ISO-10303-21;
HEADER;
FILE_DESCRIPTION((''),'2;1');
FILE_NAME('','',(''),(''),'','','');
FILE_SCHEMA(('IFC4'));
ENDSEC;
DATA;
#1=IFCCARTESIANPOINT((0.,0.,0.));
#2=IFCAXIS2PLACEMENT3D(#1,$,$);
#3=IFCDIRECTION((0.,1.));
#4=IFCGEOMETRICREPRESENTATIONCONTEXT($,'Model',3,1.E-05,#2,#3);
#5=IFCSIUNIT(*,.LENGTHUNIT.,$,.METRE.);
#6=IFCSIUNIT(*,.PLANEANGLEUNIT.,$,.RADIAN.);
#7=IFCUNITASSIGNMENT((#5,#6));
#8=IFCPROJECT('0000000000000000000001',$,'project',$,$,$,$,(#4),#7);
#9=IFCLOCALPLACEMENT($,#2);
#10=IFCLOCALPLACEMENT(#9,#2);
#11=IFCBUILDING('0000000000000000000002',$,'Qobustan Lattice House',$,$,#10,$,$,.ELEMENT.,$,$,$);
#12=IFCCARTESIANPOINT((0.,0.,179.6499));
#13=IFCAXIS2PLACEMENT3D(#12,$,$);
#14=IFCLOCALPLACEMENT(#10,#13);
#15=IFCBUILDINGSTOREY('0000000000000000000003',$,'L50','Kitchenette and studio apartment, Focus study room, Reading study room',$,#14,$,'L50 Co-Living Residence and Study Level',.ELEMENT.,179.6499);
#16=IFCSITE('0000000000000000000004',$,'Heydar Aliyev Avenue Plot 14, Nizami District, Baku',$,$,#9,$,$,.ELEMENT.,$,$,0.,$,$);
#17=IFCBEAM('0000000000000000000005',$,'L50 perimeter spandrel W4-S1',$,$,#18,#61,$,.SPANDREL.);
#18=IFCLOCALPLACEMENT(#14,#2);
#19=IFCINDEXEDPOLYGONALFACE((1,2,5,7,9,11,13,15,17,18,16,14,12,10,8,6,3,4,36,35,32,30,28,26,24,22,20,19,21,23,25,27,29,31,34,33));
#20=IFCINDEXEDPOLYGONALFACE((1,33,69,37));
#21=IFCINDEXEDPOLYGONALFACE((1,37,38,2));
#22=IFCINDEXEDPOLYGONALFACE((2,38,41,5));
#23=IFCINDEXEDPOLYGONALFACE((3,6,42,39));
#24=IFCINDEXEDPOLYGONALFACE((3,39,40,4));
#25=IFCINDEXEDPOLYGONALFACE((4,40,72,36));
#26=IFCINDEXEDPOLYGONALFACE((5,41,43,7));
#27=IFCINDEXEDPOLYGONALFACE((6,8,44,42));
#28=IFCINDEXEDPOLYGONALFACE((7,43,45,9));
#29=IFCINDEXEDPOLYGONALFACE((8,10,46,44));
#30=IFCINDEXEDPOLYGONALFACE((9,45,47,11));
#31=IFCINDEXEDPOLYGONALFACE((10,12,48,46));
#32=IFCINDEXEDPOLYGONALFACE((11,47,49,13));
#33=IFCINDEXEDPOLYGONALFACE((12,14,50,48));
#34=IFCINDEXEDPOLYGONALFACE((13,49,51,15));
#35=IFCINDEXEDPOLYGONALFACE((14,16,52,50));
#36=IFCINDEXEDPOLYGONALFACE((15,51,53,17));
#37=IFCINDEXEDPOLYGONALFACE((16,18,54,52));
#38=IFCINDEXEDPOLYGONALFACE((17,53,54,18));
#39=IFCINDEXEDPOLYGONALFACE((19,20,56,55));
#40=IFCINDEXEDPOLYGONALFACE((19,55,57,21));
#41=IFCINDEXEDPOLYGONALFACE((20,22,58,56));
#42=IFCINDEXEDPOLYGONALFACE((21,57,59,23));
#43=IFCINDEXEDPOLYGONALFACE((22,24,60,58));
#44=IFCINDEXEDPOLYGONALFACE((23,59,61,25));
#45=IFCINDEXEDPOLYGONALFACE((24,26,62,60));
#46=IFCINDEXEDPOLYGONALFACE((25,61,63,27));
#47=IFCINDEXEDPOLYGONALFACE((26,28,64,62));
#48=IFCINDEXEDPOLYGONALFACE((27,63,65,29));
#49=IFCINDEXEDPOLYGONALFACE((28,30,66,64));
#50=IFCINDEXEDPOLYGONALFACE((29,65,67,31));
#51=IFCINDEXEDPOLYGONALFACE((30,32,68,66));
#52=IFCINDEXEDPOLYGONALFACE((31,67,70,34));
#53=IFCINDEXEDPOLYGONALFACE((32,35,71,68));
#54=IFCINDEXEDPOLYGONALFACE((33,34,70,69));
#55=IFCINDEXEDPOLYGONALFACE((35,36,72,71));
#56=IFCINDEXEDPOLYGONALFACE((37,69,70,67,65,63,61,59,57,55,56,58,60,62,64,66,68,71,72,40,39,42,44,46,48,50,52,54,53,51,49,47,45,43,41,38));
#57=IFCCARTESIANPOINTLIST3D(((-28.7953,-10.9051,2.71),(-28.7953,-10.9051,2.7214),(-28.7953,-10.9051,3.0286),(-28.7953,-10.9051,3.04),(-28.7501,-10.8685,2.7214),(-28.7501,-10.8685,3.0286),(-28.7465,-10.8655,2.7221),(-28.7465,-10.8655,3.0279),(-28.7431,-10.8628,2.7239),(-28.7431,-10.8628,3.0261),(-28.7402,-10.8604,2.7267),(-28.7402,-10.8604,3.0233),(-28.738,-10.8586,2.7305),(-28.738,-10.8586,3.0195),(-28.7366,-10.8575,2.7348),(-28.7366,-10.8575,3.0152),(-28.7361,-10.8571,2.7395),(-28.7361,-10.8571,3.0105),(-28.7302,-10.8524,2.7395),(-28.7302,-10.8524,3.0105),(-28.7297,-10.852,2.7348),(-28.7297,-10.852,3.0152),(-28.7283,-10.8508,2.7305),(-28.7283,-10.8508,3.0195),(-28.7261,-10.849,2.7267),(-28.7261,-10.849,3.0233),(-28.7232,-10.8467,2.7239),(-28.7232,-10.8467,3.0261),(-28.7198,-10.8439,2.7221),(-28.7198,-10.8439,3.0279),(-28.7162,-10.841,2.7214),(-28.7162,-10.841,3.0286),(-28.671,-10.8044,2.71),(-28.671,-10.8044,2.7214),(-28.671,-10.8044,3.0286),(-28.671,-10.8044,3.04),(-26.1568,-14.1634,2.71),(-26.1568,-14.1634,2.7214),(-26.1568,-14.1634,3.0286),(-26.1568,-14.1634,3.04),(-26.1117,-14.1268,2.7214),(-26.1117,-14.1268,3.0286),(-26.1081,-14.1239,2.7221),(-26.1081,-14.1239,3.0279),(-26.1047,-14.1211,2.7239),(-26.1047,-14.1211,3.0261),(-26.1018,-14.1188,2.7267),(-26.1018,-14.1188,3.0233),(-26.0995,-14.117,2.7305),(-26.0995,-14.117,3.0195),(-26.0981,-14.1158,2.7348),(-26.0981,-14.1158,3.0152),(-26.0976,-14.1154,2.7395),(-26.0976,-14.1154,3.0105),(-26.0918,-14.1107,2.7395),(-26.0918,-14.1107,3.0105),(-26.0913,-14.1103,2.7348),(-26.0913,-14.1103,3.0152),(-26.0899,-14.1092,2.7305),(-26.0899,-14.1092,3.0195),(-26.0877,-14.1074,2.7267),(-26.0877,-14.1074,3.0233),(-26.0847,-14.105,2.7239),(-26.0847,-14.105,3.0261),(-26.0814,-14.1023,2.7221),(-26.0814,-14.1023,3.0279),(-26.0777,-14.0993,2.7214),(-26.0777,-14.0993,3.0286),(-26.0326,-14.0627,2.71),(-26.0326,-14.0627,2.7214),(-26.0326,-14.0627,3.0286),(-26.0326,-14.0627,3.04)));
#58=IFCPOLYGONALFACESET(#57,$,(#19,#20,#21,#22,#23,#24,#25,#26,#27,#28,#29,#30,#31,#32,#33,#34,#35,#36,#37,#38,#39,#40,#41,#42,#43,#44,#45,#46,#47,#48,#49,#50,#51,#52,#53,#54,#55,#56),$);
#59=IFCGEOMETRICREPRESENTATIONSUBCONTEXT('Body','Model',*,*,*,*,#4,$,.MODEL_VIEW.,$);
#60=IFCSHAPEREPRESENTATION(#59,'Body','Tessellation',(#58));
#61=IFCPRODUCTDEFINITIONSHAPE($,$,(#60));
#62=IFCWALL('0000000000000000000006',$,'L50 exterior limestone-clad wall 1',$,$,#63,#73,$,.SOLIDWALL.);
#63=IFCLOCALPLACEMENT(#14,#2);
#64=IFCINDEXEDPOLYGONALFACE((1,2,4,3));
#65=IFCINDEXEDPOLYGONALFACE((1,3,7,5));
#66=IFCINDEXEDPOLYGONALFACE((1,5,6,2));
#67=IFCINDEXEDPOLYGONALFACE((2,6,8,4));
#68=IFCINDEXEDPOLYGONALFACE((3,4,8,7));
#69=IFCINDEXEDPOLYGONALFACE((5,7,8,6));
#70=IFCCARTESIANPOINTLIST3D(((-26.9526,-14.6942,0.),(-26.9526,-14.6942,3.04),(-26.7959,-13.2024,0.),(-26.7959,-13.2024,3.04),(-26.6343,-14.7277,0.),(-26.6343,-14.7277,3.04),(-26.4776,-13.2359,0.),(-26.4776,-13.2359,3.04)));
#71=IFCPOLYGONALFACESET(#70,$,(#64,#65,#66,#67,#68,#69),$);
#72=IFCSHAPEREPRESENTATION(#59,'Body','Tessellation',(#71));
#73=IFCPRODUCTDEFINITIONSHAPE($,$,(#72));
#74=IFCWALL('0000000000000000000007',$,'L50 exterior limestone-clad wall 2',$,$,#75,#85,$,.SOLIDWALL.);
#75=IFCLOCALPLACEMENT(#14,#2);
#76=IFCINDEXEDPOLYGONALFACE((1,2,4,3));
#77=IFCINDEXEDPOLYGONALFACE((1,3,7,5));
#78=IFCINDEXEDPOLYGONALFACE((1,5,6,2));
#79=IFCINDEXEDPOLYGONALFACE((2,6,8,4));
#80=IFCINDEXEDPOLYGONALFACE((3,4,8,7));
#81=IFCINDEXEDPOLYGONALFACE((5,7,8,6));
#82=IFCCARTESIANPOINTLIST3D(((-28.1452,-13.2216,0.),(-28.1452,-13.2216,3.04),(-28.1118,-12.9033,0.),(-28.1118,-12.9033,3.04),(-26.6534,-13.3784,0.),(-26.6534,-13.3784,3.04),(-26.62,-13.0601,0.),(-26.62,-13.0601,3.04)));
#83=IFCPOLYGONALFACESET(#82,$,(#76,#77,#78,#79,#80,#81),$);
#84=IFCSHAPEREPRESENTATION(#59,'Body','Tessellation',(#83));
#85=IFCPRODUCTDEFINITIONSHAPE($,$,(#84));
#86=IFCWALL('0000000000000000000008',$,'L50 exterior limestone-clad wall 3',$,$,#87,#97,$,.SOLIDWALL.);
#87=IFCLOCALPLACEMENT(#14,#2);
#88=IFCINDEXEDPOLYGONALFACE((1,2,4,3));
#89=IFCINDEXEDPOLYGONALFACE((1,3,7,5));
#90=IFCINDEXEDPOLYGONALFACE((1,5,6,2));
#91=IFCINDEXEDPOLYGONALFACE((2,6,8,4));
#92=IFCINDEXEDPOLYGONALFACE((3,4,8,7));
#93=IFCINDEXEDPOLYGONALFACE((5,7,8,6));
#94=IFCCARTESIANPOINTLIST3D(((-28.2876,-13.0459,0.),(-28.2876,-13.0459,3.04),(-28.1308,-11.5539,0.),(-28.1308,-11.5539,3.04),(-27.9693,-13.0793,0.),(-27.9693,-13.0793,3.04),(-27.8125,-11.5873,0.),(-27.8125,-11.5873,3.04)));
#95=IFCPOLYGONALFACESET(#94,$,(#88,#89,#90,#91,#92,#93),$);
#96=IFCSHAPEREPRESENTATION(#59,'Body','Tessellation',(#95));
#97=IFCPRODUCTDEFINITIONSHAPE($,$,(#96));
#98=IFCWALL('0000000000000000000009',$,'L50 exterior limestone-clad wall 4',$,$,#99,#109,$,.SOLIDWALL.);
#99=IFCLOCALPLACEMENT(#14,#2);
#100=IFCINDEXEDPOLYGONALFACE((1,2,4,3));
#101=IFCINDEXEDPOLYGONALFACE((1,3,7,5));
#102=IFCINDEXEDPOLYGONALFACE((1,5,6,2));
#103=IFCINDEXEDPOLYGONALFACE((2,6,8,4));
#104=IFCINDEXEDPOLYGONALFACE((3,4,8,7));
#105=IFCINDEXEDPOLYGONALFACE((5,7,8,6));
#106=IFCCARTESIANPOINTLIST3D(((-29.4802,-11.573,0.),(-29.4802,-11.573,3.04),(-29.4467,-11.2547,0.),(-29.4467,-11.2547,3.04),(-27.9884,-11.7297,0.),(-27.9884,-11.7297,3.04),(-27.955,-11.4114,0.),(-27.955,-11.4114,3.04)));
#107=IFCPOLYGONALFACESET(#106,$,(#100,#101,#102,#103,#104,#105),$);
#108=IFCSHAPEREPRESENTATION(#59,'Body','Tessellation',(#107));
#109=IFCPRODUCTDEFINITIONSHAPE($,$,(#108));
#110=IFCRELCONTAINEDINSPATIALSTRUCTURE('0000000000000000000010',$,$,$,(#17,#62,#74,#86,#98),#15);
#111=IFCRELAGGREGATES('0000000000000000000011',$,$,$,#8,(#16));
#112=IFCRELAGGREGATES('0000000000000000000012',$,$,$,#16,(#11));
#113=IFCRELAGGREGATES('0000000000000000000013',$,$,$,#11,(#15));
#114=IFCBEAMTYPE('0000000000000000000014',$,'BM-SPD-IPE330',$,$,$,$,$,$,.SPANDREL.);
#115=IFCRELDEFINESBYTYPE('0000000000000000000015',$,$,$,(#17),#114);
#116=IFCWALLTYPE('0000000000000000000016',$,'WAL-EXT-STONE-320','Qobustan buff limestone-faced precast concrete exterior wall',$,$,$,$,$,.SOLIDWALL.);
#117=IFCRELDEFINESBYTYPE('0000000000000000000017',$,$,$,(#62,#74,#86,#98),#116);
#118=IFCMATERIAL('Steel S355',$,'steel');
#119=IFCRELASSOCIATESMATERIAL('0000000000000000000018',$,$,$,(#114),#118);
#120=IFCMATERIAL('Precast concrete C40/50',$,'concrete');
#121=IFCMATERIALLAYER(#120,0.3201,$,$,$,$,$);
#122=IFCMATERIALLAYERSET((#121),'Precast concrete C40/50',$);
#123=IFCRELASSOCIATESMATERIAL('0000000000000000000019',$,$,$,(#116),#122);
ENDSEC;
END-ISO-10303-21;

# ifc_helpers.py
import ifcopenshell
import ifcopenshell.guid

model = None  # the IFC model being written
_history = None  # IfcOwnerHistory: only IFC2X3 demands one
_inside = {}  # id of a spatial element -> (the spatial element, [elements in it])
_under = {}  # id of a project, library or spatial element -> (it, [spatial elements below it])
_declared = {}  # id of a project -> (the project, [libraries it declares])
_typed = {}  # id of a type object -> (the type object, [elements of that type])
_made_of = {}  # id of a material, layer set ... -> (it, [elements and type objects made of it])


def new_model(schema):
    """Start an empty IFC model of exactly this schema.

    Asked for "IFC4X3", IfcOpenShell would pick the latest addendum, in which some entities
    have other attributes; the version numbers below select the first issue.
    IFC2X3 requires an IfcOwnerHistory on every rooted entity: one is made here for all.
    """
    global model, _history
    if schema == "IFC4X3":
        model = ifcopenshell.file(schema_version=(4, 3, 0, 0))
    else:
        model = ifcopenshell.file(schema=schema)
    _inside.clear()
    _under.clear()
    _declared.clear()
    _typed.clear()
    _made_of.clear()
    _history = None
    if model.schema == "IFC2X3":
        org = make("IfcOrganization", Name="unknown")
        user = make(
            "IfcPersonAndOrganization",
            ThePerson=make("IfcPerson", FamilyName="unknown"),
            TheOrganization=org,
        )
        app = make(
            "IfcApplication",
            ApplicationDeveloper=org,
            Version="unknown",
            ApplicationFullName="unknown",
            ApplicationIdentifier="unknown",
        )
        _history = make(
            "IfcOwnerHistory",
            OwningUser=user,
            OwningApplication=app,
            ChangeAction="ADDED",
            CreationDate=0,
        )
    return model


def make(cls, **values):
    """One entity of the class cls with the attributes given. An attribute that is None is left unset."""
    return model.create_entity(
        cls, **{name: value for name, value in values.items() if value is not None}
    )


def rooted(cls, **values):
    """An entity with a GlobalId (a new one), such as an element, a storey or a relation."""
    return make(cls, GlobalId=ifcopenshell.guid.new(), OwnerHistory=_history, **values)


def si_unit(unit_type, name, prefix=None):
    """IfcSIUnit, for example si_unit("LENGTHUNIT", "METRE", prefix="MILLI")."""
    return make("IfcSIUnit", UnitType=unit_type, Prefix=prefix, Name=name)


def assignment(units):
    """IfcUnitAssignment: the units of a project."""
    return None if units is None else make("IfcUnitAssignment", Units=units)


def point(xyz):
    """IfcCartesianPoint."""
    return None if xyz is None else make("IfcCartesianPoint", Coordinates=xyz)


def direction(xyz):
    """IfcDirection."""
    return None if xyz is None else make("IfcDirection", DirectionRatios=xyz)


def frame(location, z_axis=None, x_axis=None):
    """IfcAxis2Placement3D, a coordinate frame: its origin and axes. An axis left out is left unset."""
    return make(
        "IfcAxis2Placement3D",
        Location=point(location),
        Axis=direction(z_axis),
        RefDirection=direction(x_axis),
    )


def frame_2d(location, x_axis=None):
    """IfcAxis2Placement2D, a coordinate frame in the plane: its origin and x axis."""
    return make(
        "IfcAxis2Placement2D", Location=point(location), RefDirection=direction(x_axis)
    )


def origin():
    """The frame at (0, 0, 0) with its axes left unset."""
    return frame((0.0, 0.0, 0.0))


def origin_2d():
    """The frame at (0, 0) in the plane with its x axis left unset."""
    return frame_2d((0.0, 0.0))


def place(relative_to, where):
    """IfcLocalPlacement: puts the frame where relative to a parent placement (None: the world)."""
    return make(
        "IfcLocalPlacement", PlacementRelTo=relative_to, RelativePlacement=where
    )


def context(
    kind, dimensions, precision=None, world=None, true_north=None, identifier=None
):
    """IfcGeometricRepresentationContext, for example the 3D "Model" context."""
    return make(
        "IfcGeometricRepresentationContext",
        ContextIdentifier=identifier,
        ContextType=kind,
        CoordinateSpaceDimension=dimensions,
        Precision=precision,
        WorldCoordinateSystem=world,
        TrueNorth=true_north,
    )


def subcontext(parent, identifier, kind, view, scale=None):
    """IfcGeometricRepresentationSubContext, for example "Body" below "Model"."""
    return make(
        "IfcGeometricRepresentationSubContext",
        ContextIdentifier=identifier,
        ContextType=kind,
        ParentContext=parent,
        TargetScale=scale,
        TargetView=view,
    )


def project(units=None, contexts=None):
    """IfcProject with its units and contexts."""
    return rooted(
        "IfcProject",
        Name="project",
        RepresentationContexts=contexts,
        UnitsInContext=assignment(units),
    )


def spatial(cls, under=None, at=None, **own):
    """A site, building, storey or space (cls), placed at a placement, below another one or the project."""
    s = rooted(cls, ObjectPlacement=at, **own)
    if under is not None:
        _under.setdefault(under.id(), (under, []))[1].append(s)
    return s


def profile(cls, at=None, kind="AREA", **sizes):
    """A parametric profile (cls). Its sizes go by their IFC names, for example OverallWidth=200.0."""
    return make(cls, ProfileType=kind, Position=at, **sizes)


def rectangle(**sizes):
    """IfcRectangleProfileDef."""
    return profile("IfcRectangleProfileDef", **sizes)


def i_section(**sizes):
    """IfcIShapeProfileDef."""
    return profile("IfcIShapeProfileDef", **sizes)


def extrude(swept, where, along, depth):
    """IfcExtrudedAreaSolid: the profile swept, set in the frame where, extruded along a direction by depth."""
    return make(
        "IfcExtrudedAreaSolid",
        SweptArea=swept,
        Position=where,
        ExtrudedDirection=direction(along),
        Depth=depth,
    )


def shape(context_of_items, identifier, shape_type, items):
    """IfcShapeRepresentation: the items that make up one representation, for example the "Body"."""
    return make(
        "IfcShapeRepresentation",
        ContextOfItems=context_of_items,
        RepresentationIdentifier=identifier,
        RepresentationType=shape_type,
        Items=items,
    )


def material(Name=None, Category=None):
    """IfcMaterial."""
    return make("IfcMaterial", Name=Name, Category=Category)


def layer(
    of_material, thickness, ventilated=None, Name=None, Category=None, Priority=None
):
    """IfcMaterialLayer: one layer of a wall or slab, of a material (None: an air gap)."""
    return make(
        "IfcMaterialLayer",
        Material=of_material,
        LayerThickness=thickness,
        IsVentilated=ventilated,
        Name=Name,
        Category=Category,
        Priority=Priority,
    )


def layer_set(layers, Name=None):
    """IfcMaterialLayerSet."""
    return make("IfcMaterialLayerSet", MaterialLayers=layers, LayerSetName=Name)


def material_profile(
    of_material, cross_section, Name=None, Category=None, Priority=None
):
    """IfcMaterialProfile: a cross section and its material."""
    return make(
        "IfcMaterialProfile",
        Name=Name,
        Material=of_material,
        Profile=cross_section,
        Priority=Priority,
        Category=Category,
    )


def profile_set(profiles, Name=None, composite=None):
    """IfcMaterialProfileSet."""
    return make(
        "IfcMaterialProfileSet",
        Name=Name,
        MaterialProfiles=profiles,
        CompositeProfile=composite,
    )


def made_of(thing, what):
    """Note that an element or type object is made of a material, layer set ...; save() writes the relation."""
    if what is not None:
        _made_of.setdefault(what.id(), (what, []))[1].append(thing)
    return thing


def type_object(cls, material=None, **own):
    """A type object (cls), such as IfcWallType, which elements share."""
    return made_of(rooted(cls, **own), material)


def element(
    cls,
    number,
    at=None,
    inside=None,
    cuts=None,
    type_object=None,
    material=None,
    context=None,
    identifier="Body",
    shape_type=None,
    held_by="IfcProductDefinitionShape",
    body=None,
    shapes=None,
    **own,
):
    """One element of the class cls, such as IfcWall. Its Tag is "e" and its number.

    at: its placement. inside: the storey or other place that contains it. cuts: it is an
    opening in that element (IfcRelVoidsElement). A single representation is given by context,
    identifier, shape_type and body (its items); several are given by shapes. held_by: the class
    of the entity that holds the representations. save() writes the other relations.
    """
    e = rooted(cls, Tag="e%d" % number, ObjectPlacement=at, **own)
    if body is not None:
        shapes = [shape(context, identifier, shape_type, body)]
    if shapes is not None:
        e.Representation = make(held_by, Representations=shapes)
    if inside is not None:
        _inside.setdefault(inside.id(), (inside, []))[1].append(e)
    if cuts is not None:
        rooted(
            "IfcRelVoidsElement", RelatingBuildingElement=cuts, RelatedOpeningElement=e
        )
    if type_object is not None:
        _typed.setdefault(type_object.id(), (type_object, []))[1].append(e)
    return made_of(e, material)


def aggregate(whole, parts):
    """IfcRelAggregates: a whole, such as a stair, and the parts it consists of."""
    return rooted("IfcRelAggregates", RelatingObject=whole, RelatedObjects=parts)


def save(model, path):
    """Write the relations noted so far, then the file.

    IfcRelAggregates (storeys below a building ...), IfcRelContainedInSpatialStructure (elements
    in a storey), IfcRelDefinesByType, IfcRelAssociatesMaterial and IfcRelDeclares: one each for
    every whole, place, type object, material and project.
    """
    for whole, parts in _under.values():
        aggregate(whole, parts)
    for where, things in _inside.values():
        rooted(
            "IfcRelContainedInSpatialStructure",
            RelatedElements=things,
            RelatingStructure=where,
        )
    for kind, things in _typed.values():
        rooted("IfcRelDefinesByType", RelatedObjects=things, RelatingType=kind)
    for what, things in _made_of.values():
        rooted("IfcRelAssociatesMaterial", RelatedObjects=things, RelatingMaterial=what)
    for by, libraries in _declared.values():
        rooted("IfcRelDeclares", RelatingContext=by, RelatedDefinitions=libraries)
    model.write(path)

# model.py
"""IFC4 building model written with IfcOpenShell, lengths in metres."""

from ifc_helpers import new_model, si_unit, direction, frame, frame_2d, origin, origin_2d, place, context, subcontext, project, spatial, rectangle, i_section, extrude, material, layer, layer_set, material_profile, profile_set, type_object, element, save


model = new_model("IFC4")

# Units and contexts
model_context = context("Model", 3, precision=1e-05, world=origin(), true_north=direction((0.0, 1.0)))
body_context = subcontext(model_context, "Body", "Model", "MODEL_VIEW")
ifc_project = project(units=[si_unit("LENGTHUNIT", "METRE"), si_unit("PLANEANGLEUNIT", "RADIAN")], contexts=[model_context])

# Site, building, storey
site_placement = place(None, origin())
site = spatial("IfcSite", under=ifc_project, at=site_placement, Name="Heydar Aliyev Avenue Plot 14, Nizami District, Baku", CompositionType="ELEMENT", RefElevation=0.0)
building_placement = place(site_placement, origin())
building = spatial("IfcBuilding", under=site, at=building_placement, Name="Qobustan Lattice House", CompositionType="ELEMENT")
storey_placement = place(building_placement, frame((0.0, 0.0, 179.6499)))
storey = spatial("IfcBuildingStorey", under=building, at=storey_placement, Name="L50", Description="Kitchenette and studio apartment, Focus study room, Reading study room", LongName="L50 Co-Living Residence and Study Level", CompositionType="ELEMENT", Elevation=179.6499)

# Beam
ifc_material_1 = material(Name="Steel S355", Category="steel")
ifc_material_profile_1 = material_profile(ifc_material_1, i_section(OverallWidth=0.1599, OverallDepth=0.3301, WebThickness=0.0076, FlangeThickness=0.0115, FilletRadius=0.0181, at=origin_2d()), Name="IPE330")
ifc_profile_set_1 = profile_set([ifc_material_profile_1], Name="Steel S355")
beam_type_1 = type_object("IfcBeamType", Name="BM-SPD-IPE330", PredefinedType="SPANDREL", material=ifc_profile_set_1)
beam_1_placement = place(storey_placement, frame((-28.7332, -10.8547, 2.875), z_axis=(0.629307, -0.777157, 0.0), x_axis=(0.777157, 0.629307, 0.0)))
element("IfcBeam", 1, at=beam_1_placement, inside=storey, type_object=beam_type_1, Name="L50 perimeter spandrel W4-S1", PredefinedType="SPANDREL", context=body_context, shape_type="SweptSolid", body=[
    extrude(i_section(OverallWidth=0.1599, OverallDepth=0.3301, WebThickness=0.0076, FlangeThickness=0.0115, FilletRadius=0.0181, at=origin_2d()), origin(), (0.0, 0.0, 1.0), 4.1926),
])

# Walls
ifc_material_2 = material(Name="Precast concrete C40/50", Category="concrete")
ifc_layer_1 = layer(ifc_material_2, 0.3201)
ifc_layer_set_1 = layer_set([ifc_layer_1], Name="Precast concrete C40/50")
wall_type_1 = type_object("IfcWallType", Name="WAL-EXT-STONE-320", Description="Qobustan buff limestone-faced precast concrete exterior wall", PredefinedType="SOLIDWALL", material=ifc_layer_set_1)
for number, where, z_axis, x_axis, name in (
    (2, (-26.7935, -14.7109, 0.0), (0.0, 0.0, 1.0), (0.104498, 0.994525, 0.0), "L50 exterior limestone-clad wall 1"),
    (3, (-26.6367, -13.2192, 0.0), (0.0, 0.0, 1.0), (-0.994525, 0.104498, 0.0), "L50 exterior limestone-clad wall 2"),
):
    element("IfcWall", number, at=place(storey_placement, frame(where, z_axis=z_axis, x_axis=x_axis)), inside=storey, type_object=wall_type_1, Name=name, PredefinedType="SOLIDWALL", context=body_context, shape_type="SweptSolid", body=[
        extrude(rectangle(XDim=1.5, YDim=0.3201, at=frame_2d((0.75, 0.0))), origin(), (0.0, 0.0, 1.0), 3.04),
    ])
wall_1_placement = place(storey_placement, frame((-28.1284, -13.0625, 0.0), z_axis=(0.0, 0.0, 1.0), x_axis=(0.104481, 0.994527, 0.0)))
element("IfcWall", 4, at=wall_1_placement, inside=storey, type_object=wall_type_1, Name="L50 exterior limestone-clad wall 3", PredefinedType="SOLIDWALL", context=body_context, shape_type="SweptSolid", body=[
    extrude(rectangle(XDim=1.5002, YDim=0.3201, at=frame_2d((0.75, 0.0))), origin(), (0.0, 0.0, 1.0), 3.04),
])
wall_2_placement = place(storey_placement, frame((-27.9717, -11.5706, 0.0), z_axis=(0.0, 0.0, 1.0), x_axis=(-0.994525, 0.104498, 0.0)))
element("IfcWall", 5, at=wall_2_placement, inside=storey, type_object=wall_type_1, Name="L50 exterior limestone-clad wall 4", PredefinedType="SOLIDWALL", context=body_context, shape_type="SweptSolid", body=[
    extrude(rectangle(XDim=1.5, YDim=0.3201, at=frame_2d((0.75, 0.0))), origin(), (0.0, 0.0, 1.0), 3.04),
])

save(model, "model.ifc")
